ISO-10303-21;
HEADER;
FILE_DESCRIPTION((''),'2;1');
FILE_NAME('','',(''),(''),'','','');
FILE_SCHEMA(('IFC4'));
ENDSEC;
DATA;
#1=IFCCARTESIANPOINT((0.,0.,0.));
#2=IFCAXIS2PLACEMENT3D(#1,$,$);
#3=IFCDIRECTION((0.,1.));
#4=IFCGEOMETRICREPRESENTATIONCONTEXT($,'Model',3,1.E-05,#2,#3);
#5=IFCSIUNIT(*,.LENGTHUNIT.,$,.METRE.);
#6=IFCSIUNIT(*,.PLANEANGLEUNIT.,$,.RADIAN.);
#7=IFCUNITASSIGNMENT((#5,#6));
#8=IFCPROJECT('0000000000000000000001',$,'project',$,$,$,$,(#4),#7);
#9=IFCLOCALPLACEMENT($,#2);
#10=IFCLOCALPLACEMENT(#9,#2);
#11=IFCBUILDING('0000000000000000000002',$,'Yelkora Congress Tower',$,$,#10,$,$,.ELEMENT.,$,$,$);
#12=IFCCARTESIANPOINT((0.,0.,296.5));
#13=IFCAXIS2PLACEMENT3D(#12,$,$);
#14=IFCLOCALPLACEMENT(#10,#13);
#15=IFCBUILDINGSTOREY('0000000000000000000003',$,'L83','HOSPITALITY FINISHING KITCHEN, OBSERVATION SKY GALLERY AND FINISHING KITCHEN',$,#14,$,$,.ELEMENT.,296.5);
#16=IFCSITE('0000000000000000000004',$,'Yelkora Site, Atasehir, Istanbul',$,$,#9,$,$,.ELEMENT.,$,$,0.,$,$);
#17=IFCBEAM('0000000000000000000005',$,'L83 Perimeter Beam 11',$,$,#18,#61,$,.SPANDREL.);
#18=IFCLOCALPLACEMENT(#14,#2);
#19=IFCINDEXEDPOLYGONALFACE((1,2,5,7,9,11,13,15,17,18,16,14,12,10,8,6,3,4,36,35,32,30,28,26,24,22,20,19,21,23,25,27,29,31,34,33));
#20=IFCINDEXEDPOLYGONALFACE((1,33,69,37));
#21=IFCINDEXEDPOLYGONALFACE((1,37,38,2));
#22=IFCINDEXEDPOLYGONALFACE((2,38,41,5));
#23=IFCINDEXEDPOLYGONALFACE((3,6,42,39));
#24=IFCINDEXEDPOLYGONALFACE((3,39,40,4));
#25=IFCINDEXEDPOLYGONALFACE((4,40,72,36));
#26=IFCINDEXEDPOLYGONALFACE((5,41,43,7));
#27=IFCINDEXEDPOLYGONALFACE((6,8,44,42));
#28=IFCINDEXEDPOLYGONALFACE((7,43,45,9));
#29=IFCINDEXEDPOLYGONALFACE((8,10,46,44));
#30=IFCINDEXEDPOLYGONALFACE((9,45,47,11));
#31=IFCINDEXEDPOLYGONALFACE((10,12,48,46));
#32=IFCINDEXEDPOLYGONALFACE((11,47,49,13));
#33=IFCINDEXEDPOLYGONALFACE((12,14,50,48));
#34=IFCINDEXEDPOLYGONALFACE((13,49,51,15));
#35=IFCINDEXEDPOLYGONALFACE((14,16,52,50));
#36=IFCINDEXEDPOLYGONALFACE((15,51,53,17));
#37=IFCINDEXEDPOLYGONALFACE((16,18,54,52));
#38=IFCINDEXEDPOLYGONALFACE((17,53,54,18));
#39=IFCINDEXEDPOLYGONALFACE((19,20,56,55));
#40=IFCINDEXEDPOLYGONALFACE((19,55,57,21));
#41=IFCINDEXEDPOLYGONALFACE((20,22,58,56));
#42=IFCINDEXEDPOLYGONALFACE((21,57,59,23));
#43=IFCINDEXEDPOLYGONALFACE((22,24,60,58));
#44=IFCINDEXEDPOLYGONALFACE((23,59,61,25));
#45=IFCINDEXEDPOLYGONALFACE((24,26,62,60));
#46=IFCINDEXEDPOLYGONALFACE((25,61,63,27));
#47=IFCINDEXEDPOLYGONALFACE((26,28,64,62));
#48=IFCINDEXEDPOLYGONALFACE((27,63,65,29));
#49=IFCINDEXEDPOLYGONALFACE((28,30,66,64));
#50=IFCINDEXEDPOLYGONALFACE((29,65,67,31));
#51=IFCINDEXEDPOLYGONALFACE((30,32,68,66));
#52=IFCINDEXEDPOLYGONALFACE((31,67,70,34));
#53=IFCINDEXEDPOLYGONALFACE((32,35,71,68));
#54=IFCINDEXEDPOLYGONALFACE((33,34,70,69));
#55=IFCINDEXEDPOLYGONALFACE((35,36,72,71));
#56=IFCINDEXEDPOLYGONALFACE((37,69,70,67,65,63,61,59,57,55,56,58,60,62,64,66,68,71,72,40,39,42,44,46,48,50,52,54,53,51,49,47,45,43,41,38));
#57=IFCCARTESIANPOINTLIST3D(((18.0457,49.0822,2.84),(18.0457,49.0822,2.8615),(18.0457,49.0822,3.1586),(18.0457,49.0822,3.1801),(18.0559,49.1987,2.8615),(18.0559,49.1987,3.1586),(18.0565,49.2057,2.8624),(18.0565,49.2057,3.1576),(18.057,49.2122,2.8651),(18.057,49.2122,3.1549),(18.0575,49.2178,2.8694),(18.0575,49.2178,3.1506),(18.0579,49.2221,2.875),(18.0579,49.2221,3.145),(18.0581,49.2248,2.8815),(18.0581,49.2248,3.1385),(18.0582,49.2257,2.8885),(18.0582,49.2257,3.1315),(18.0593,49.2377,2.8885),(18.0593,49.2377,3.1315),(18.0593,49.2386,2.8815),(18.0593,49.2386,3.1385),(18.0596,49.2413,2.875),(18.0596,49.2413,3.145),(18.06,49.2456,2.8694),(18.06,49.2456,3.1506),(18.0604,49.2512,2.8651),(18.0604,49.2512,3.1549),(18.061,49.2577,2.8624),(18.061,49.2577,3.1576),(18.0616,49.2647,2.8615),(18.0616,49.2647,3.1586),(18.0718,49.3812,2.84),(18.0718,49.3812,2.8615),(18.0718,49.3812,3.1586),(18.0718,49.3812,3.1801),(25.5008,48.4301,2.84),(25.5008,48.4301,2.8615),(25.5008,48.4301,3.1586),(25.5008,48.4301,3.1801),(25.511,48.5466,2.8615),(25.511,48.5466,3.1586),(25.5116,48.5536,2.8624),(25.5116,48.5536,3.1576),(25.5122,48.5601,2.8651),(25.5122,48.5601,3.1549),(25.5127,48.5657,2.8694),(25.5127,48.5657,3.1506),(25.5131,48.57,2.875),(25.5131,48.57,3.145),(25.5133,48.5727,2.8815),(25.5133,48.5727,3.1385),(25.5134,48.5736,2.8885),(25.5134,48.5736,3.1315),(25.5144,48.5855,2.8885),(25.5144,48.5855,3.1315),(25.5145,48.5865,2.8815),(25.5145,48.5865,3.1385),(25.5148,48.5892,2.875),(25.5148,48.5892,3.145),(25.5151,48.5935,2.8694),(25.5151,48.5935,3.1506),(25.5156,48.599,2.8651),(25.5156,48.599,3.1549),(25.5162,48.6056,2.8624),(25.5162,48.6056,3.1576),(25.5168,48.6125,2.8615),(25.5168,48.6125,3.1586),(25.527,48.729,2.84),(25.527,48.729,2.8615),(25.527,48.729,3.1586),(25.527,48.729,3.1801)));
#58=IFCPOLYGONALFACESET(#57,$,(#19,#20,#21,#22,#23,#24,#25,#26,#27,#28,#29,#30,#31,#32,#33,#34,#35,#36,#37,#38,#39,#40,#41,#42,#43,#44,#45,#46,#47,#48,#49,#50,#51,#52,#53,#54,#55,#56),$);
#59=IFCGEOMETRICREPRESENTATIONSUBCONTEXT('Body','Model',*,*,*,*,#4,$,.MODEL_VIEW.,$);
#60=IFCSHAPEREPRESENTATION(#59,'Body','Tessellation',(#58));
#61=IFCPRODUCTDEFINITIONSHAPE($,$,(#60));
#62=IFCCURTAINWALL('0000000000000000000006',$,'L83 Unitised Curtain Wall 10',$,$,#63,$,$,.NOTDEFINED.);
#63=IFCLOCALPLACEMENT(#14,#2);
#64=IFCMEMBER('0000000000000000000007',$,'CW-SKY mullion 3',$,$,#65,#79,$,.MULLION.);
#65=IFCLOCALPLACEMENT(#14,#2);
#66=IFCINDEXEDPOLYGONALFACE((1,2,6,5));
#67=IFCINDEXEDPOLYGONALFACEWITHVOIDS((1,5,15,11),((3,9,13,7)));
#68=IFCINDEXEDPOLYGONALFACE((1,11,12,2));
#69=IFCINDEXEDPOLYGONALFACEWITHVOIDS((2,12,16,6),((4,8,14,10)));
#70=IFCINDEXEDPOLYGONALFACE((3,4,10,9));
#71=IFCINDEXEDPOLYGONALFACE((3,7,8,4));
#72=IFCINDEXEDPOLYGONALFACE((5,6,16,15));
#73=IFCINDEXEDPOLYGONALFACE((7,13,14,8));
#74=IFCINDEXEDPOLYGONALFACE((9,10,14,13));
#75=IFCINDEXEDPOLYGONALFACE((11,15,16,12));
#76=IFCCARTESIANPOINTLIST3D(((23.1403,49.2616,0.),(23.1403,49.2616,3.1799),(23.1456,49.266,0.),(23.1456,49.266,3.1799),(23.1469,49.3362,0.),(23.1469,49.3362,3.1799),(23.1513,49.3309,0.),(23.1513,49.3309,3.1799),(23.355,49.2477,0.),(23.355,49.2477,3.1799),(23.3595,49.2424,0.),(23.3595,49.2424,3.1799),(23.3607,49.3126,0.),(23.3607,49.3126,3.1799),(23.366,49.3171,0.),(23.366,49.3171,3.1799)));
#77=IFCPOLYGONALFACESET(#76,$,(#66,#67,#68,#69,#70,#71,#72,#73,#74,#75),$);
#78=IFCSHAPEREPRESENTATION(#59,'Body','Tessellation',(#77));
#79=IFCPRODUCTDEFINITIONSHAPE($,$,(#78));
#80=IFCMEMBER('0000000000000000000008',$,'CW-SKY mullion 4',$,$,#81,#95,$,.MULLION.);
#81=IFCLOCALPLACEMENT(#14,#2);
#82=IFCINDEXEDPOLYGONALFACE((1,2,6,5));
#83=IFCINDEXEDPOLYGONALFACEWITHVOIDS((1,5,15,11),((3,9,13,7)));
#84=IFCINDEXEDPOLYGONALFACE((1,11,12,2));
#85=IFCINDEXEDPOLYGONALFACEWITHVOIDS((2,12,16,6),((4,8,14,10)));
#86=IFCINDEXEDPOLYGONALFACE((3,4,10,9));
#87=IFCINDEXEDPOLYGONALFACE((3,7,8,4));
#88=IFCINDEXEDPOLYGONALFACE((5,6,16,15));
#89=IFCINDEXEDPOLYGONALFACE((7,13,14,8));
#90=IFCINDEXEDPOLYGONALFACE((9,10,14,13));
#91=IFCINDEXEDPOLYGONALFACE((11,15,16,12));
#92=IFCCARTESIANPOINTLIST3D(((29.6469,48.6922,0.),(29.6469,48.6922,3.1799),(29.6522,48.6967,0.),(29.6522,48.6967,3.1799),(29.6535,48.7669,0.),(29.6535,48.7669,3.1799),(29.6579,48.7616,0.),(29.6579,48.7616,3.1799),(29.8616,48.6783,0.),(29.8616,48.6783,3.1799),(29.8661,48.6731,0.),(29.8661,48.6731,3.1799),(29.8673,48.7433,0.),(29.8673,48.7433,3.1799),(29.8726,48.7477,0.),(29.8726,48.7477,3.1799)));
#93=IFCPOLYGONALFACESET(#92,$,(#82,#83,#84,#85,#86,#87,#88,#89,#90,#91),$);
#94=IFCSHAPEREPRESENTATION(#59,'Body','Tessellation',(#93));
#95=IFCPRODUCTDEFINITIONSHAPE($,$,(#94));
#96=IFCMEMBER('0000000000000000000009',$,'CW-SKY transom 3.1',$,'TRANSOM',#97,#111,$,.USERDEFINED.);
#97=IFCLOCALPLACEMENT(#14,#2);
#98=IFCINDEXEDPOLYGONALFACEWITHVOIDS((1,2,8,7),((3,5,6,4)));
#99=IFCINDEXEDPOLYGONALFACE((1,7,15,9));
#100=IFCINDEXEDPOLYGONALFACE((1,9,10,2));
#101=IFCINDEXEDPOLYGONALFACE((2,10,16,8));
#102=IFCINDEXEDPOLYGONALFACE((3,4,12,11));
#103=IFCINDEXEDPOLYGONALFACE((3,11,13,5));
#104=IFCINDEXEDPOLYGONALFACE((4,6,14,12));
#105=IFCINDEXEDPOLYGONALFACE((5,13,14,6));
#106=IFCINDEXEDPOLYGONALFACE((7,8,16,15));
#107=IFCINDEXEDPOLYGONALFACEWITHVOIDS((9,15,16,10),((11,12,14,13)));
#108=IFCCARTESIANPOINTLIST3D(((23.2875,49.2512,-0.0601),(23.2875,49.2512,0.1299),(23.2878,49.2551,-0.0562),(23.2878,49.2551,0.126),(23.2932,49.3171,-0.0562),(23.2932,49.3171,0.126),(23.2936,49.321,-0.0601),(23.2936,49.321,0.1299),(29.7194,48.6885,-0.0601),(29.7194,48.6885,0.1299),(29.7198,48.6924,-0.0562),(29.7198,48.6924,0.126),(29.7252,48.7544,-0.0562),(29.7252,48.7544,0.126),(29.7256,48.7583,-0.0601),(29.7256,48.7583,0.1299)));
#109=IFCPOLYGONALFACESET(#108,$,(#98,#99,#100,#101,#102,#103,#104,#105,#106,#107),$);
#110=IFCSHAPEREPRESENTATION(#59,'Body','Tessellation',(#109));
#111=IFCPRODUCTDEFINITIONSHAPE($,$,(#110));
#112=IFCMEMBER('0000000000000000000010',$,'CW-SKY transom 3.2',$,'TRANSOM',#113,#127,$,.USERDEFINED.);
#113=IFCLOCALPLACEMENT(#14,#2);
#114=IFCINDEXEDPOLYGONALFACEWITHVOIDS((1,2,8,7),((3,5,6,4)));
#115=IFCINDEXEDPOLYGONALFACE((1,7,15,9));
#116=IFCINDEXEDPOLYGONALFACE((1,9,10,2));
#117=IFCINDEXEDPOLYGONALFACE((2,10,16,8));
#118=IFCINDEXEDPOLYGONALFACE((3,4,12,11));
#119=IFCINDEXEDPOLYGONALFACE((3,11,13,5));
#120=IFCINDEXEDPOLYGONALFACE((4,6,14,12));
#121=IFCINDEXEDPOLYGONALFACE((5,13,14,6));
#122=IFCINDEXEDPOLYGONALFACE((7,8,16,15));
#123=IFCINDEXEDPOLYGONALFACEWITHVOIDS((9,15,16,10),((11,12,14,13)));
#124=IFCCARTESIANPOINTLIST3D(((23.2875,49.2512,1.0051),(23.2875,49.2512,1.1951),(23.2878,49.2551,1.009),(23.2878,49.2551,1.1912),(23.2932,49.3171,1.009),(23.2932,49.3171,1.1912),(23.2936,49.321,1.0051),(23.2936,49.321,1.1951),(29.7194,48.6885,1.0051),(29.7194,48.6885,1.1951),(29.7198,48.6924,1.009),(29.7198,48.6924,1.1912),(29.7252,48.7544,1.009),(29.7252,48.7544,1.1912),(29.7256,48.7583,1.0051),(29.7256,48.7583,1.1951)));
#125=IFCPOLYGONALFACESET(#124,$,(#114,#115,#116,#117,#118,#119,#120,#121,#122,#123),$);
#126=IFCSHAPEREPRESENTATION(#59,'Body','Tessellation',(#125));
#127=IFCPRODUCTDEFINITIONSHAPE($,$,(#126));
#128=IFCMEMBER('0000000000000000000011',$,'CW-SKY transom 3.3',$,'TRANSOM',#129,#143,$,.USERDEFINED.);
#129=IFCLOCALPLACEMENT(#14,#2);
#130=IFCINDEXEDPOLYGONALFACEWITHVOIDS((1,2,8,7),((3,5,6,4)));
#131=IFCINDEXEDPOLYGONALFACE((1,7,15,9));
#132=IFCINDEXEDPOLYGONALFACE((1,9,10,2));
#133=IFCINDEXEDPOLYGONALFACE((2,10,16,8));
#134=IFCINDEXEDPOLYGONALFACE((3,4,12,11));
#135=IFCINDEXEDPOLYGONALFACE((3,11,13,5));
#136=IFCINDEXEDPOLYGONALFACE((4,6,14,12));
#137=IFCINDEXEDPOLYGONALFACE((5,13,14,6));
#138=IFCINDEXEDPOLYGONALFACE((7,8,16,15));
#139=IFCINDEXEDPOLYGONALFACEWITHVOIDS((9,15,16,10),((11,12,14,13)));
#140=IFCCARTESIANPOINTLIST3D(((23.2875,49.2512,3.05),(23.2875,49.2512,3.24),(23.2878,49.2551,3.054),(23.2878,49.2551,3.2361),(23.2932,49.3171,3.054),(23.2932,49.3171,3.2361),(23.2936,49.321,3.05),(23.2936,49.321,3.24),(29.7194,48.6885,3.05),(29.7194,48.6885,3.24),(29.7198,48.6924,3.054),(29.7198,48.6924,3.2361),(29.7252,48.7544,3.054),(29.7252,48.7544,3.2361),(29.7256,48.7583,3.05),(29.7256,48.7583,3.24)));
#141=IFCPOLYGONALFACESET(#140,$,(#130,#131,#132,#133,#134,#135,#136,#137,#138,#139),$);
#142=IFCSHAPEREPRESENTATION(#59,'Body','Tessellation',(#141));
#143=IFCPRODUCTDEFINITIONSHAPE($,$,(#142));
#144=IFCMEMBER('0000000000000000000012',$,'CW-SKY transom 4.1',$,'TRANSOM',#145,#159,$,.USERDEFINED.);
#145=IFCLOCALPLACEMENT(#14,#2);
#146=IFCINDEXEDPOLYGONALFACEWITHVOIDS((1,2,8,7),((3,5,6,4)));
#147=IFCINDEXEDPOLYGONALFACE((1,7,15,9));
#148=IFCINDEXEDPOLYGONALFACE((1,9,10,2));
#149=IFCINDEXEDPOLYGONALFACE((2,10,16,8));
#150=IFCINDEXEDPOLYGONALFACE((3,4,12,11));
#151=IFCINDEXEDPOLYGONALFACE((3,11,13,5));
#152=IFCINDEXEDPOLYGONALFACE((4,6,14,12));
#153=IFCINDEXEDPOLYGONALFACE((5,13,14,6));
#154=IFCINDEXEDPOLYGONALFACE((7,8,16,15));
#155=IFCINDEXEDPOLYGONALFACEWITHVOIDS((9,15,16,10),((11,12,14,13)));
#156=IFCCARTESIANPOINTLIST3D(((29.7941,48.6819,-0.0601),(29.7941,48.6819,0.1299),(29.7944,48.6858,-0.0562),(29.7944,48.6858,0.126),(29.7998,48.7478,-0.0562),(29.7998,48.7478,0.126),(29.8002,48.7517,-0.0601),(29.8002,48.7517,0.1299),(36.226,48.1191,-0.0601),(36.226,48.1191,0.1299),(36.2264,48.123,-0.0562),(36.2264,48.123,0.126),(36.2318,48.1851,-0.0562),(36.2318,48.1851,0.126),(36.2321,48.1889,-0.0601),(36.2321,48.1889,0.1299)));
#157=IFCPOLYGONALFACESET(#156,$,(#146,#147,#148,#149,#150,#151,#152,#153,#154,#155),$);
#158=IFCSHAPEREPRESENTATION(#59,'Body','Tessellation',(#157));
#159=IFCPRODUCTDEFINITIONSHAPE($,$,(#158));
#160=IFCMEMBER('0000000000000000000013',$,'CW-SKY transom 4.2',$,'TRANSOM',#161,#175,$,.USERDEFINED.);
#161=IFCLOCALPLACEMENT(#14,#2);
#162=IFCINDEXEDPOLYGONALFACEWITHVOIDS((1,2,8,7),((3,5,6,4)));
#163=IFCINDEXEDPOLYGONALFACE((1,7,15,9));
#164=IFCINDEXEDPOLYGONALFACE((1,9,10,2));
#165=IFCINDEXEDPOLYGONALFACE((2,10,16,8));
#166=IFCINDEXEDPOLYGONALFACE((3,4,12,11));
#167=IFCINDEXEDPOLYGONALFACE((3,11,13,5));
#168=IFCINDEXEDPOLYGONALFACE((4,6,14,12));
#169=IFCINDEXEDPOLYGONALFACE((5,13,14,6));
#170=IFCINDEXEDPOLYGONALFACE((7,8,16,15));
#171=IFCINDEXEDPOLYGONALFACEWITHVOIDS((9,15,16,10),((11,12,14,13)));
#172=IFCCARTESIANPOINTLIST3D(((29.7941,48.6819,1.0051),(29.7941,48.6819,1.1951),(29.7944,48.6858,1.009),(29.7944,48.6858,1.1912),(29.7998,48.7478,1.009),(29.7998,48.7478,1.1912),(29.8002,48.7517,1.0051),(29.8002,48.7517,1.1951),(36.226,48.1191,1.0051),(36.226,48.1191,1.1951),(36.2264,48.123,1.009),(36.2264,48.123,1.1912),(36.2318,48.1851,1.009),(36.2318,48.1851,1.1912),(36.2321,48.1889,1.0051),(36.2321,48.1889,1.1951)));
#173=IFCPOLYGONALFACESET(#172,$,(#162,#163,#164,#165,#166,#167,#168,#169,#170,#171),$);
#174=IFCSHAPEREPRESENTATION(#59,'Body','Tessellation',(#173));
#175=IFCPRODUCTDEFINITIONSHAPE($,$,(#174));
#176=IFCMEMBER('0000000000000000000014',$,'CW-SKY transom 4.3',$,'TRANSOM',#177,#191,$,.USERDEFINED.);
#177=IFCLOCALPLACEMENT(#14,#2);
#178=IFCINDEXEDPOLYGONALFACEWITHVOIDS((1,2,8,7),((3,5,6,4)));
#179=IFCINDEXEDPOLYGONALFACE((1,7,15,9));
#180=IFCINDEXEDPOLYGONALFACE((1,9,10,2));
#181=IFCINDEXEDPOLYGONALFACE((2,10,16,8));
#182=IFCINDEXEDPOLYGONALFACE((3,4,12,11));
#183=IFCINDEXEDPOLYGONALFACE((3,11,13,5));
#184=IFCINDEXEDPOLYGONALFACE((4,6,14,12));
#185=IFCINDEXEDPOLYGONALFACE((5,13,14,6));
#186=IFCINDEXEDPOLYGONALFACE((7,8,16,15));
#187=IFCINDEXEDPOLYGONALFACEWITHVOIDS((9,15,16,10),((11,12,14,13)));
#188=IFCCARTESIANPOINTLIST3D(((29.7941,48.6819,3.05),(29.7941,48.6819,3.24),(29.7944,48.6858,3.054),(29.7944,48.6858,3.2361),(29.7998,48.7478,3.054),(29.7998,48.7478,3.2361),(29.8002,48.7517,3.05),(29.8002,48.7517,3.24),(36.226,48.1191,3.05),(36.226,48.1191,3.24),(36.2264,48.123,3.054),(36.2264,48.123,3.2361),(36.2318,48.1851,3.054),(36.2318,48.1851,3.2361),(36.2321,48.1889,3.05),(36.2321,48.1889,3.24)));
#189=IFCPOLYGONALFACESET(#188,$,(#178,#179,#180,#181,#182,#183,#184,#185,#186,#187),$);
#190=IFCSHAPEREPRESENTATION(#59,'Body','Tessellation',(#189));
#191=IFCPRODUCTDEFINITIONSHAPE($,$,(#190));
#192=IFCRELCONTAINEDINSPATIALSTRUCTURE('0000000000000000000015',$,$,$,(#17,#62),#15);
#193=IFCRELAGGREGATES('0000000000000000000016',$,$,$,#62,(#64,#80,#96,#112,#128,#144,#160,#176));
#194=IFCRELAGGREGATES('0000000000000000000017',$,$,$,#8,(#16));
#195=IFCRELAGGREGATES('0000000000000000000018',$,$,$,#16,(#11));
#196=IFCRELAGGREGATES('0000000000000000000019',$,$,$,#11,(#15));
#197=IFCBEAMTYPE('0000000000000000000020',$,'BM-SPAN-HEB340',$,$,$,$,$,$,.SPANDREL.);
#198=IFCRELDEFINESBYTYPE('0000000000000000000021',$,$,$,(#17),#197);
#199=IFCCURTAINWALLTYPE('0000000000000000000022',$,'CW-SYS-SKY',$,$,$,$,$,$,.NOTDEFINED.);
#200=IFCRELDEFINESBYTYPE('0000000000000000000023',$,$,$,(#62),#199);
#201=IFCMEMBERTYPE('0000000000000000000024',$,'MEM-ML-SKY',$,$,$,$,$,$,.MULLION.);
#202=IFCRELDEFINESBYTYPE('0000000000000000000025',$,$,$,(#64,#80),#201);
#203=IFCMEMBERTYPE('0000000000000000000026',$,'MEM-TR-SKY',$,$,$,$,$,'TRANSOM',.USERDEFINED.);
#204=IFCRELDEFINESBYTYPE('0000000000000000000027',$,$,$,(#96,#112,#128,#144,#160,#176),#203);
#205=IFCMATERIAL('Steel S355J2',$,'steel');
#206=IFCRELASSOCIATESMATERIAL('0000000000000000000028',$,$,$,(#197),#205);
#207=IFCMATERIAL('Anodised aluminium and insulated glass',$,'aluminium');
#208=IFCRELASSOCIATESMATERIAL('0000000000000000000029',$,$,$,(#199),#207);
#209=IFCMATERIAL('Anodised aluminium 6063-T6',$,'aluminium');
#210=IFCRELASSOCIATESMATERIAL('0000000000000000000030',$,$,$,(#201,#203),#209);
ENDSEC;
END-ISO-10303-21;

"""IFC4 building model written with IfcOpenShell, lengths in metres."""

from ifc_helpers import new_model, si_unit, direction, frame, origin, origin_2d, place, context, subcontext, project, spatial, hollow_rectangle, i_section, extrude, material, material_profile, profile_set, type_object, element, aggregate, save


model = new_model("IFC4")

# Units and contexts
model_context = context("Model", 3, precision=1e-05, world=origin(), true_north=direction((0.0, 1.0)))
body_context = subcontext(model_context, "Body", "Model", "MODEL_VIEW")
ifc_project = project(units=[si_unit("LENGTHUNIT", "METRE"), si_unit("PLANEANGLEUNIT", "RADIAN")], contexts=[model_context])

# Site, building, storey
site_placement = place(None, origin())
site = spatial("IfcSite", under=ifc_project, at=site_placement, Name="Yelkora Site, Atasehir, Istanbul", CompositionType="ELEMENT", RefElevation=0.0)
building_placement = place(site_placement, origin())
building = spatial("IfcBuilding", under=site, at=building_placement, Name="Yelkora Congress Tower", CompositionType="ELEMENT")
storey_placement = place(building_placement, frame((0.0, 0.0, 296.5)))
storey = spatial("IfcBuildingStorey", under=building, at=storey_placement, Name="L83", Description="HOSPITALITY FINISHING KITCHEN, OBSERVATION SKY GALLERY AND FINISHING KITCHEN", CompositionType="ELEMENT", Elevation=296.5)

# Shared definitions
ifc_material_1 = material(Name="Steel S355J2", Category="steel")

# Beam
ifc_material_profile_1 = material_profile(ifc_material_1, i_section(OverallWidth=0.3, OverallDepth=0.3401, WebThickness=0.012, FlangeThickness=0.0215, FilletRadius=0.0271, at=origin_2d()), Name="HEB 340")
ifc_profile_set_1 = profile_set([ifc_material_profile_1], Name="Steel S355J2")
beam_type_1 = type_object("IfcBeamType", Name="BM-SPAN-HEB340", PredefinedType="SPANDREL", material=ifc_profile_set_1)
beam_1_placement = place(storey_placement, frame((25.5139, 48.5796, 3.01), z_axis=(-0.996196, 0.087138, 0.0), x_axis=(-0.087138, -0.996196, 0.0)))
element("IfcBeam", 1, at=beam_1_placement, inside=storey, type_object=beam_type_1, Name="L83 Perimeter Beam 11", PredefinedType="SPANDREL", context=body_context, shape_type="SweptSolid", body=[
    extrude(i_section(OverallWidth=0.3, OverallDepth=0.3401, WebThickness=0.012, FlangeThickness=0.0215, FilletRadius=0.0271, at=origin_2d()), origin(), (0.0, 0.0, 1.0), 7.4836),
])

# Curtain wall, members
ifc_material_2 = material(Name="Anodised aluminium and insulated glass", Category="aluminium")
curtain_wall_type = type_object("IfcCurtainWallType", Name="CW-SYS-SKY", PredefinedType="NOTDEFINED", material=ifc_material_2)
curtain_wall_placement = place(storey_placement, origin())
curtain_wall = element("IfcCurtainWall", 2, at=curtain_wall_placement, inside=storey, type_object=curtain_wall_type, Name="L83 Unitised Curtain Wall 10", PredefinedType="NOTDEFINED")
ifc_material_3 = material(Name="Anodised aluminium 6063-T6", Category="aluminium")
ifc_material_profile_2 = material_profile(ifc_material_3, hollow_rectangle(XDim=0.075, YDim=0.22, WallThickness=0.0049, at=origin_2d()), Name="ALU 75x220x5")
ifc_profile_set_2 = profile_set([ifc_material_profile_2], Name="Anodised aluminium 6063-T6")
member_type_1 = type_object("IfcMemberType", Name="MEM-ML-SKY", PredefinedType="MULLION", material=ifc_profile_set_2)
member_1_placement = place(storey_placement, frame((23.2532, 49.2893, 0.0), z_axis=(0.0, 0.0, 1.0), x_axis=(0.087157, 0.996195, 0.0)))
member_1 = element("IfcMember", 3, at=member_1_placement, type_object=member_type_1, Name="CW-SKY mullion 3", PredefinedType="MULLION", context=body_context, shape_type="SweptSolid", body=[
    extrude(hollow_rectangle(XDim=0.075, YDim=0.22, WallThickness=0.0049, at=origin_2d()), origin(), (0.0, 0.0, 1.0), 3.1799),
])
member_2_placement = place(storey_placement, frame((29.7598, 48.72, 0.0), z_axis=(0.0, 0.0, 1.0), x_axis=(0.087157, 0.996195, 0.0)))
member_2 = element("IfcMember", 4, at=member_2_placement, type_object=member_type_1, Name="CW-SKY mullion 4", PredefinedType="MULLION", context=body_context, shape_type="SweptSolid", body=[
    extrude(hollow_rectangle(XDim=0.075, YDim=0.22, WallThickness=0.0049, at=origin_2d()), origin(), (0.0, 0.0, 1.0), 3.1799),
])
ifc_material_profile_3 = material_profile(ifc_material_3, hollow_rectangle(XDim=0.0701, YDim=0.1899, WallThickness=0.0039, at=origin_2d()), Name="ALU 70x190x4")
ifc_profile_set_3 = profile_set([ifc_material_profile_3], Name="Anodised aluminium 6063-T6")
member_type_2 = type_object("IfcMemberType", Name="MEM-TR-SKY", ElementType="TRANSOM", PredefinedType="USERDEFINED", material=ifc_profile_set_3)
member_3_placement = place(storey_placement, frame((23.2905, 49.2861, 0.0349), z_axis=(0.996194, -0.08716, 0.0), x_axis=(0.08716, 0.996194, 0.0)))
member_3 = element("IfcMember", 5, at=member_3_placement, type_object=member_type_2, Name="CW-SKY transom 3.1", ObjectType="TRANSOM", PredefinedType="USERDEFINED", context=body_context, shape_type="SweptSolid", body=[
    extrude(hollow_rectangle(XDim=0.0701, YDim=0.1899, WallThickness=0.0039, at=origin_2d()), origin(), (0.0, 0.0, 1.0), 6.4565),
])
member_4_placement = place(storey_placement, frame((23.2905, 49.2861, 1.1001), z_axis=(0.996194, -0.08716, 0.0), x_axis=(0.08716, 0.996194, 0.0)))
member_4 = element("IfcMember", 6, at=member_4_placement, type_object=member_type_2, Name="CW-SKY transom 3.2", ObjectType="TRANSOM", PredefinedType="USERDEFINED", context=body_context, shape_type="SweptSolid", body=[
    extrude(hollow_rectangle(XDim=0.0701, YDim=0.1899, WallThickness=0.0039, at=origin_2d()), origin(), (0.0, 0.0, 1.0), 6.4565),
])
member_5_placement = place(storey_placement, frame((23.2905, 49.2861, 3.145), z_axis=(0.996194, -0.08716, 0.0), x_axis=(0.08716, 0.996194, 0.0)))
member_5 = element("IfcMember", 7, at=member_5_placement, type_object=member_type_2, Name="CW-SKY transom 3.3", ObjectType="TRANSOM", PredefinedType="USERDEFINED", context=body_context, shape_type="SweptSolid", body=[
    extrude(hollow_rectangle(XDim=0.0701, YDim=0.1899, WallThickness=0.0039, at=origin_2d()), origin(), (0.0, 0.0, 1.0), 6.4565),
])
member_6_placement = place(storey_placement, frame((29.7971, 48.7168, 0.0349), z_axis=(0.996194, -0.08716, 0.0), x_axis=(0.08716, 0.996194, 0.0)))
member_6 = element("IfcMember", 8, at=member_6_placement, type_object=member_type_2, Name="CW-SKY transom 4.1", ObjectType="TRANSOM", PredefinedType="USERDEFINED", context=body_context, shape_type="SweptSolid", body=[
    extrude(hollow_rectangle(XDim=0.0701, YDim=0.1899, WallThickness=0.0039, at=origin_2d()), origin(), (0.0, 0.0, 1.0), 6.4565),
])
member_7_placement = place(storey_placement, frame((29.7971, 48.7168, 1.1001), z_axis=(0.996194, -0.08716, 0.0), x_axis=(0.08716, 0.996194, 0.0)))
member_7 = element("IfcMember", 9, at=member_7_placement, type_object=member_type_2, Name="CW-SKY transom 4.2", ObjectType="TRANSOM", PredefinedType="USERDEFINED", context=body_context, shape_type="SweptSolid", body=[
    extrude(hollow_rectangle(XDim=0.0701, YDim=0.1899, WallThickness=0.0039, at=origin_2d()), origin(), (0.0, 0.0, 1.0), 6.4565),
])
member_8_placement = place(storey_placement, frame((29.7971, 48.7168, 3.145), z_axis=(0.996194, -0.08716, 0.0), x_axis=(0.08716, 0.996194, 0.0)))
member_8 = element("IfcMember", 10, at=member_8_placement, type_object=member_type_2, Name="CW-SKY transom 4.3", ObjectType="TRANSOM", PredefinedType="USERDEFINED", context=body_context, shape_type="SweptSolid", body=[
    extrude(hollow_rectangle(XDim=0.0701, YDim=0.1899, WallThickness=0.0039, at=origin_2d()), origin(), (0.0, 0.0, 1.0), 6.4565),
])
aggregate(curtain_wall, [member_1, member_2, member_3, member_4, member_5, member_6, member_7, member_8])

save(model, "model.ifc")
